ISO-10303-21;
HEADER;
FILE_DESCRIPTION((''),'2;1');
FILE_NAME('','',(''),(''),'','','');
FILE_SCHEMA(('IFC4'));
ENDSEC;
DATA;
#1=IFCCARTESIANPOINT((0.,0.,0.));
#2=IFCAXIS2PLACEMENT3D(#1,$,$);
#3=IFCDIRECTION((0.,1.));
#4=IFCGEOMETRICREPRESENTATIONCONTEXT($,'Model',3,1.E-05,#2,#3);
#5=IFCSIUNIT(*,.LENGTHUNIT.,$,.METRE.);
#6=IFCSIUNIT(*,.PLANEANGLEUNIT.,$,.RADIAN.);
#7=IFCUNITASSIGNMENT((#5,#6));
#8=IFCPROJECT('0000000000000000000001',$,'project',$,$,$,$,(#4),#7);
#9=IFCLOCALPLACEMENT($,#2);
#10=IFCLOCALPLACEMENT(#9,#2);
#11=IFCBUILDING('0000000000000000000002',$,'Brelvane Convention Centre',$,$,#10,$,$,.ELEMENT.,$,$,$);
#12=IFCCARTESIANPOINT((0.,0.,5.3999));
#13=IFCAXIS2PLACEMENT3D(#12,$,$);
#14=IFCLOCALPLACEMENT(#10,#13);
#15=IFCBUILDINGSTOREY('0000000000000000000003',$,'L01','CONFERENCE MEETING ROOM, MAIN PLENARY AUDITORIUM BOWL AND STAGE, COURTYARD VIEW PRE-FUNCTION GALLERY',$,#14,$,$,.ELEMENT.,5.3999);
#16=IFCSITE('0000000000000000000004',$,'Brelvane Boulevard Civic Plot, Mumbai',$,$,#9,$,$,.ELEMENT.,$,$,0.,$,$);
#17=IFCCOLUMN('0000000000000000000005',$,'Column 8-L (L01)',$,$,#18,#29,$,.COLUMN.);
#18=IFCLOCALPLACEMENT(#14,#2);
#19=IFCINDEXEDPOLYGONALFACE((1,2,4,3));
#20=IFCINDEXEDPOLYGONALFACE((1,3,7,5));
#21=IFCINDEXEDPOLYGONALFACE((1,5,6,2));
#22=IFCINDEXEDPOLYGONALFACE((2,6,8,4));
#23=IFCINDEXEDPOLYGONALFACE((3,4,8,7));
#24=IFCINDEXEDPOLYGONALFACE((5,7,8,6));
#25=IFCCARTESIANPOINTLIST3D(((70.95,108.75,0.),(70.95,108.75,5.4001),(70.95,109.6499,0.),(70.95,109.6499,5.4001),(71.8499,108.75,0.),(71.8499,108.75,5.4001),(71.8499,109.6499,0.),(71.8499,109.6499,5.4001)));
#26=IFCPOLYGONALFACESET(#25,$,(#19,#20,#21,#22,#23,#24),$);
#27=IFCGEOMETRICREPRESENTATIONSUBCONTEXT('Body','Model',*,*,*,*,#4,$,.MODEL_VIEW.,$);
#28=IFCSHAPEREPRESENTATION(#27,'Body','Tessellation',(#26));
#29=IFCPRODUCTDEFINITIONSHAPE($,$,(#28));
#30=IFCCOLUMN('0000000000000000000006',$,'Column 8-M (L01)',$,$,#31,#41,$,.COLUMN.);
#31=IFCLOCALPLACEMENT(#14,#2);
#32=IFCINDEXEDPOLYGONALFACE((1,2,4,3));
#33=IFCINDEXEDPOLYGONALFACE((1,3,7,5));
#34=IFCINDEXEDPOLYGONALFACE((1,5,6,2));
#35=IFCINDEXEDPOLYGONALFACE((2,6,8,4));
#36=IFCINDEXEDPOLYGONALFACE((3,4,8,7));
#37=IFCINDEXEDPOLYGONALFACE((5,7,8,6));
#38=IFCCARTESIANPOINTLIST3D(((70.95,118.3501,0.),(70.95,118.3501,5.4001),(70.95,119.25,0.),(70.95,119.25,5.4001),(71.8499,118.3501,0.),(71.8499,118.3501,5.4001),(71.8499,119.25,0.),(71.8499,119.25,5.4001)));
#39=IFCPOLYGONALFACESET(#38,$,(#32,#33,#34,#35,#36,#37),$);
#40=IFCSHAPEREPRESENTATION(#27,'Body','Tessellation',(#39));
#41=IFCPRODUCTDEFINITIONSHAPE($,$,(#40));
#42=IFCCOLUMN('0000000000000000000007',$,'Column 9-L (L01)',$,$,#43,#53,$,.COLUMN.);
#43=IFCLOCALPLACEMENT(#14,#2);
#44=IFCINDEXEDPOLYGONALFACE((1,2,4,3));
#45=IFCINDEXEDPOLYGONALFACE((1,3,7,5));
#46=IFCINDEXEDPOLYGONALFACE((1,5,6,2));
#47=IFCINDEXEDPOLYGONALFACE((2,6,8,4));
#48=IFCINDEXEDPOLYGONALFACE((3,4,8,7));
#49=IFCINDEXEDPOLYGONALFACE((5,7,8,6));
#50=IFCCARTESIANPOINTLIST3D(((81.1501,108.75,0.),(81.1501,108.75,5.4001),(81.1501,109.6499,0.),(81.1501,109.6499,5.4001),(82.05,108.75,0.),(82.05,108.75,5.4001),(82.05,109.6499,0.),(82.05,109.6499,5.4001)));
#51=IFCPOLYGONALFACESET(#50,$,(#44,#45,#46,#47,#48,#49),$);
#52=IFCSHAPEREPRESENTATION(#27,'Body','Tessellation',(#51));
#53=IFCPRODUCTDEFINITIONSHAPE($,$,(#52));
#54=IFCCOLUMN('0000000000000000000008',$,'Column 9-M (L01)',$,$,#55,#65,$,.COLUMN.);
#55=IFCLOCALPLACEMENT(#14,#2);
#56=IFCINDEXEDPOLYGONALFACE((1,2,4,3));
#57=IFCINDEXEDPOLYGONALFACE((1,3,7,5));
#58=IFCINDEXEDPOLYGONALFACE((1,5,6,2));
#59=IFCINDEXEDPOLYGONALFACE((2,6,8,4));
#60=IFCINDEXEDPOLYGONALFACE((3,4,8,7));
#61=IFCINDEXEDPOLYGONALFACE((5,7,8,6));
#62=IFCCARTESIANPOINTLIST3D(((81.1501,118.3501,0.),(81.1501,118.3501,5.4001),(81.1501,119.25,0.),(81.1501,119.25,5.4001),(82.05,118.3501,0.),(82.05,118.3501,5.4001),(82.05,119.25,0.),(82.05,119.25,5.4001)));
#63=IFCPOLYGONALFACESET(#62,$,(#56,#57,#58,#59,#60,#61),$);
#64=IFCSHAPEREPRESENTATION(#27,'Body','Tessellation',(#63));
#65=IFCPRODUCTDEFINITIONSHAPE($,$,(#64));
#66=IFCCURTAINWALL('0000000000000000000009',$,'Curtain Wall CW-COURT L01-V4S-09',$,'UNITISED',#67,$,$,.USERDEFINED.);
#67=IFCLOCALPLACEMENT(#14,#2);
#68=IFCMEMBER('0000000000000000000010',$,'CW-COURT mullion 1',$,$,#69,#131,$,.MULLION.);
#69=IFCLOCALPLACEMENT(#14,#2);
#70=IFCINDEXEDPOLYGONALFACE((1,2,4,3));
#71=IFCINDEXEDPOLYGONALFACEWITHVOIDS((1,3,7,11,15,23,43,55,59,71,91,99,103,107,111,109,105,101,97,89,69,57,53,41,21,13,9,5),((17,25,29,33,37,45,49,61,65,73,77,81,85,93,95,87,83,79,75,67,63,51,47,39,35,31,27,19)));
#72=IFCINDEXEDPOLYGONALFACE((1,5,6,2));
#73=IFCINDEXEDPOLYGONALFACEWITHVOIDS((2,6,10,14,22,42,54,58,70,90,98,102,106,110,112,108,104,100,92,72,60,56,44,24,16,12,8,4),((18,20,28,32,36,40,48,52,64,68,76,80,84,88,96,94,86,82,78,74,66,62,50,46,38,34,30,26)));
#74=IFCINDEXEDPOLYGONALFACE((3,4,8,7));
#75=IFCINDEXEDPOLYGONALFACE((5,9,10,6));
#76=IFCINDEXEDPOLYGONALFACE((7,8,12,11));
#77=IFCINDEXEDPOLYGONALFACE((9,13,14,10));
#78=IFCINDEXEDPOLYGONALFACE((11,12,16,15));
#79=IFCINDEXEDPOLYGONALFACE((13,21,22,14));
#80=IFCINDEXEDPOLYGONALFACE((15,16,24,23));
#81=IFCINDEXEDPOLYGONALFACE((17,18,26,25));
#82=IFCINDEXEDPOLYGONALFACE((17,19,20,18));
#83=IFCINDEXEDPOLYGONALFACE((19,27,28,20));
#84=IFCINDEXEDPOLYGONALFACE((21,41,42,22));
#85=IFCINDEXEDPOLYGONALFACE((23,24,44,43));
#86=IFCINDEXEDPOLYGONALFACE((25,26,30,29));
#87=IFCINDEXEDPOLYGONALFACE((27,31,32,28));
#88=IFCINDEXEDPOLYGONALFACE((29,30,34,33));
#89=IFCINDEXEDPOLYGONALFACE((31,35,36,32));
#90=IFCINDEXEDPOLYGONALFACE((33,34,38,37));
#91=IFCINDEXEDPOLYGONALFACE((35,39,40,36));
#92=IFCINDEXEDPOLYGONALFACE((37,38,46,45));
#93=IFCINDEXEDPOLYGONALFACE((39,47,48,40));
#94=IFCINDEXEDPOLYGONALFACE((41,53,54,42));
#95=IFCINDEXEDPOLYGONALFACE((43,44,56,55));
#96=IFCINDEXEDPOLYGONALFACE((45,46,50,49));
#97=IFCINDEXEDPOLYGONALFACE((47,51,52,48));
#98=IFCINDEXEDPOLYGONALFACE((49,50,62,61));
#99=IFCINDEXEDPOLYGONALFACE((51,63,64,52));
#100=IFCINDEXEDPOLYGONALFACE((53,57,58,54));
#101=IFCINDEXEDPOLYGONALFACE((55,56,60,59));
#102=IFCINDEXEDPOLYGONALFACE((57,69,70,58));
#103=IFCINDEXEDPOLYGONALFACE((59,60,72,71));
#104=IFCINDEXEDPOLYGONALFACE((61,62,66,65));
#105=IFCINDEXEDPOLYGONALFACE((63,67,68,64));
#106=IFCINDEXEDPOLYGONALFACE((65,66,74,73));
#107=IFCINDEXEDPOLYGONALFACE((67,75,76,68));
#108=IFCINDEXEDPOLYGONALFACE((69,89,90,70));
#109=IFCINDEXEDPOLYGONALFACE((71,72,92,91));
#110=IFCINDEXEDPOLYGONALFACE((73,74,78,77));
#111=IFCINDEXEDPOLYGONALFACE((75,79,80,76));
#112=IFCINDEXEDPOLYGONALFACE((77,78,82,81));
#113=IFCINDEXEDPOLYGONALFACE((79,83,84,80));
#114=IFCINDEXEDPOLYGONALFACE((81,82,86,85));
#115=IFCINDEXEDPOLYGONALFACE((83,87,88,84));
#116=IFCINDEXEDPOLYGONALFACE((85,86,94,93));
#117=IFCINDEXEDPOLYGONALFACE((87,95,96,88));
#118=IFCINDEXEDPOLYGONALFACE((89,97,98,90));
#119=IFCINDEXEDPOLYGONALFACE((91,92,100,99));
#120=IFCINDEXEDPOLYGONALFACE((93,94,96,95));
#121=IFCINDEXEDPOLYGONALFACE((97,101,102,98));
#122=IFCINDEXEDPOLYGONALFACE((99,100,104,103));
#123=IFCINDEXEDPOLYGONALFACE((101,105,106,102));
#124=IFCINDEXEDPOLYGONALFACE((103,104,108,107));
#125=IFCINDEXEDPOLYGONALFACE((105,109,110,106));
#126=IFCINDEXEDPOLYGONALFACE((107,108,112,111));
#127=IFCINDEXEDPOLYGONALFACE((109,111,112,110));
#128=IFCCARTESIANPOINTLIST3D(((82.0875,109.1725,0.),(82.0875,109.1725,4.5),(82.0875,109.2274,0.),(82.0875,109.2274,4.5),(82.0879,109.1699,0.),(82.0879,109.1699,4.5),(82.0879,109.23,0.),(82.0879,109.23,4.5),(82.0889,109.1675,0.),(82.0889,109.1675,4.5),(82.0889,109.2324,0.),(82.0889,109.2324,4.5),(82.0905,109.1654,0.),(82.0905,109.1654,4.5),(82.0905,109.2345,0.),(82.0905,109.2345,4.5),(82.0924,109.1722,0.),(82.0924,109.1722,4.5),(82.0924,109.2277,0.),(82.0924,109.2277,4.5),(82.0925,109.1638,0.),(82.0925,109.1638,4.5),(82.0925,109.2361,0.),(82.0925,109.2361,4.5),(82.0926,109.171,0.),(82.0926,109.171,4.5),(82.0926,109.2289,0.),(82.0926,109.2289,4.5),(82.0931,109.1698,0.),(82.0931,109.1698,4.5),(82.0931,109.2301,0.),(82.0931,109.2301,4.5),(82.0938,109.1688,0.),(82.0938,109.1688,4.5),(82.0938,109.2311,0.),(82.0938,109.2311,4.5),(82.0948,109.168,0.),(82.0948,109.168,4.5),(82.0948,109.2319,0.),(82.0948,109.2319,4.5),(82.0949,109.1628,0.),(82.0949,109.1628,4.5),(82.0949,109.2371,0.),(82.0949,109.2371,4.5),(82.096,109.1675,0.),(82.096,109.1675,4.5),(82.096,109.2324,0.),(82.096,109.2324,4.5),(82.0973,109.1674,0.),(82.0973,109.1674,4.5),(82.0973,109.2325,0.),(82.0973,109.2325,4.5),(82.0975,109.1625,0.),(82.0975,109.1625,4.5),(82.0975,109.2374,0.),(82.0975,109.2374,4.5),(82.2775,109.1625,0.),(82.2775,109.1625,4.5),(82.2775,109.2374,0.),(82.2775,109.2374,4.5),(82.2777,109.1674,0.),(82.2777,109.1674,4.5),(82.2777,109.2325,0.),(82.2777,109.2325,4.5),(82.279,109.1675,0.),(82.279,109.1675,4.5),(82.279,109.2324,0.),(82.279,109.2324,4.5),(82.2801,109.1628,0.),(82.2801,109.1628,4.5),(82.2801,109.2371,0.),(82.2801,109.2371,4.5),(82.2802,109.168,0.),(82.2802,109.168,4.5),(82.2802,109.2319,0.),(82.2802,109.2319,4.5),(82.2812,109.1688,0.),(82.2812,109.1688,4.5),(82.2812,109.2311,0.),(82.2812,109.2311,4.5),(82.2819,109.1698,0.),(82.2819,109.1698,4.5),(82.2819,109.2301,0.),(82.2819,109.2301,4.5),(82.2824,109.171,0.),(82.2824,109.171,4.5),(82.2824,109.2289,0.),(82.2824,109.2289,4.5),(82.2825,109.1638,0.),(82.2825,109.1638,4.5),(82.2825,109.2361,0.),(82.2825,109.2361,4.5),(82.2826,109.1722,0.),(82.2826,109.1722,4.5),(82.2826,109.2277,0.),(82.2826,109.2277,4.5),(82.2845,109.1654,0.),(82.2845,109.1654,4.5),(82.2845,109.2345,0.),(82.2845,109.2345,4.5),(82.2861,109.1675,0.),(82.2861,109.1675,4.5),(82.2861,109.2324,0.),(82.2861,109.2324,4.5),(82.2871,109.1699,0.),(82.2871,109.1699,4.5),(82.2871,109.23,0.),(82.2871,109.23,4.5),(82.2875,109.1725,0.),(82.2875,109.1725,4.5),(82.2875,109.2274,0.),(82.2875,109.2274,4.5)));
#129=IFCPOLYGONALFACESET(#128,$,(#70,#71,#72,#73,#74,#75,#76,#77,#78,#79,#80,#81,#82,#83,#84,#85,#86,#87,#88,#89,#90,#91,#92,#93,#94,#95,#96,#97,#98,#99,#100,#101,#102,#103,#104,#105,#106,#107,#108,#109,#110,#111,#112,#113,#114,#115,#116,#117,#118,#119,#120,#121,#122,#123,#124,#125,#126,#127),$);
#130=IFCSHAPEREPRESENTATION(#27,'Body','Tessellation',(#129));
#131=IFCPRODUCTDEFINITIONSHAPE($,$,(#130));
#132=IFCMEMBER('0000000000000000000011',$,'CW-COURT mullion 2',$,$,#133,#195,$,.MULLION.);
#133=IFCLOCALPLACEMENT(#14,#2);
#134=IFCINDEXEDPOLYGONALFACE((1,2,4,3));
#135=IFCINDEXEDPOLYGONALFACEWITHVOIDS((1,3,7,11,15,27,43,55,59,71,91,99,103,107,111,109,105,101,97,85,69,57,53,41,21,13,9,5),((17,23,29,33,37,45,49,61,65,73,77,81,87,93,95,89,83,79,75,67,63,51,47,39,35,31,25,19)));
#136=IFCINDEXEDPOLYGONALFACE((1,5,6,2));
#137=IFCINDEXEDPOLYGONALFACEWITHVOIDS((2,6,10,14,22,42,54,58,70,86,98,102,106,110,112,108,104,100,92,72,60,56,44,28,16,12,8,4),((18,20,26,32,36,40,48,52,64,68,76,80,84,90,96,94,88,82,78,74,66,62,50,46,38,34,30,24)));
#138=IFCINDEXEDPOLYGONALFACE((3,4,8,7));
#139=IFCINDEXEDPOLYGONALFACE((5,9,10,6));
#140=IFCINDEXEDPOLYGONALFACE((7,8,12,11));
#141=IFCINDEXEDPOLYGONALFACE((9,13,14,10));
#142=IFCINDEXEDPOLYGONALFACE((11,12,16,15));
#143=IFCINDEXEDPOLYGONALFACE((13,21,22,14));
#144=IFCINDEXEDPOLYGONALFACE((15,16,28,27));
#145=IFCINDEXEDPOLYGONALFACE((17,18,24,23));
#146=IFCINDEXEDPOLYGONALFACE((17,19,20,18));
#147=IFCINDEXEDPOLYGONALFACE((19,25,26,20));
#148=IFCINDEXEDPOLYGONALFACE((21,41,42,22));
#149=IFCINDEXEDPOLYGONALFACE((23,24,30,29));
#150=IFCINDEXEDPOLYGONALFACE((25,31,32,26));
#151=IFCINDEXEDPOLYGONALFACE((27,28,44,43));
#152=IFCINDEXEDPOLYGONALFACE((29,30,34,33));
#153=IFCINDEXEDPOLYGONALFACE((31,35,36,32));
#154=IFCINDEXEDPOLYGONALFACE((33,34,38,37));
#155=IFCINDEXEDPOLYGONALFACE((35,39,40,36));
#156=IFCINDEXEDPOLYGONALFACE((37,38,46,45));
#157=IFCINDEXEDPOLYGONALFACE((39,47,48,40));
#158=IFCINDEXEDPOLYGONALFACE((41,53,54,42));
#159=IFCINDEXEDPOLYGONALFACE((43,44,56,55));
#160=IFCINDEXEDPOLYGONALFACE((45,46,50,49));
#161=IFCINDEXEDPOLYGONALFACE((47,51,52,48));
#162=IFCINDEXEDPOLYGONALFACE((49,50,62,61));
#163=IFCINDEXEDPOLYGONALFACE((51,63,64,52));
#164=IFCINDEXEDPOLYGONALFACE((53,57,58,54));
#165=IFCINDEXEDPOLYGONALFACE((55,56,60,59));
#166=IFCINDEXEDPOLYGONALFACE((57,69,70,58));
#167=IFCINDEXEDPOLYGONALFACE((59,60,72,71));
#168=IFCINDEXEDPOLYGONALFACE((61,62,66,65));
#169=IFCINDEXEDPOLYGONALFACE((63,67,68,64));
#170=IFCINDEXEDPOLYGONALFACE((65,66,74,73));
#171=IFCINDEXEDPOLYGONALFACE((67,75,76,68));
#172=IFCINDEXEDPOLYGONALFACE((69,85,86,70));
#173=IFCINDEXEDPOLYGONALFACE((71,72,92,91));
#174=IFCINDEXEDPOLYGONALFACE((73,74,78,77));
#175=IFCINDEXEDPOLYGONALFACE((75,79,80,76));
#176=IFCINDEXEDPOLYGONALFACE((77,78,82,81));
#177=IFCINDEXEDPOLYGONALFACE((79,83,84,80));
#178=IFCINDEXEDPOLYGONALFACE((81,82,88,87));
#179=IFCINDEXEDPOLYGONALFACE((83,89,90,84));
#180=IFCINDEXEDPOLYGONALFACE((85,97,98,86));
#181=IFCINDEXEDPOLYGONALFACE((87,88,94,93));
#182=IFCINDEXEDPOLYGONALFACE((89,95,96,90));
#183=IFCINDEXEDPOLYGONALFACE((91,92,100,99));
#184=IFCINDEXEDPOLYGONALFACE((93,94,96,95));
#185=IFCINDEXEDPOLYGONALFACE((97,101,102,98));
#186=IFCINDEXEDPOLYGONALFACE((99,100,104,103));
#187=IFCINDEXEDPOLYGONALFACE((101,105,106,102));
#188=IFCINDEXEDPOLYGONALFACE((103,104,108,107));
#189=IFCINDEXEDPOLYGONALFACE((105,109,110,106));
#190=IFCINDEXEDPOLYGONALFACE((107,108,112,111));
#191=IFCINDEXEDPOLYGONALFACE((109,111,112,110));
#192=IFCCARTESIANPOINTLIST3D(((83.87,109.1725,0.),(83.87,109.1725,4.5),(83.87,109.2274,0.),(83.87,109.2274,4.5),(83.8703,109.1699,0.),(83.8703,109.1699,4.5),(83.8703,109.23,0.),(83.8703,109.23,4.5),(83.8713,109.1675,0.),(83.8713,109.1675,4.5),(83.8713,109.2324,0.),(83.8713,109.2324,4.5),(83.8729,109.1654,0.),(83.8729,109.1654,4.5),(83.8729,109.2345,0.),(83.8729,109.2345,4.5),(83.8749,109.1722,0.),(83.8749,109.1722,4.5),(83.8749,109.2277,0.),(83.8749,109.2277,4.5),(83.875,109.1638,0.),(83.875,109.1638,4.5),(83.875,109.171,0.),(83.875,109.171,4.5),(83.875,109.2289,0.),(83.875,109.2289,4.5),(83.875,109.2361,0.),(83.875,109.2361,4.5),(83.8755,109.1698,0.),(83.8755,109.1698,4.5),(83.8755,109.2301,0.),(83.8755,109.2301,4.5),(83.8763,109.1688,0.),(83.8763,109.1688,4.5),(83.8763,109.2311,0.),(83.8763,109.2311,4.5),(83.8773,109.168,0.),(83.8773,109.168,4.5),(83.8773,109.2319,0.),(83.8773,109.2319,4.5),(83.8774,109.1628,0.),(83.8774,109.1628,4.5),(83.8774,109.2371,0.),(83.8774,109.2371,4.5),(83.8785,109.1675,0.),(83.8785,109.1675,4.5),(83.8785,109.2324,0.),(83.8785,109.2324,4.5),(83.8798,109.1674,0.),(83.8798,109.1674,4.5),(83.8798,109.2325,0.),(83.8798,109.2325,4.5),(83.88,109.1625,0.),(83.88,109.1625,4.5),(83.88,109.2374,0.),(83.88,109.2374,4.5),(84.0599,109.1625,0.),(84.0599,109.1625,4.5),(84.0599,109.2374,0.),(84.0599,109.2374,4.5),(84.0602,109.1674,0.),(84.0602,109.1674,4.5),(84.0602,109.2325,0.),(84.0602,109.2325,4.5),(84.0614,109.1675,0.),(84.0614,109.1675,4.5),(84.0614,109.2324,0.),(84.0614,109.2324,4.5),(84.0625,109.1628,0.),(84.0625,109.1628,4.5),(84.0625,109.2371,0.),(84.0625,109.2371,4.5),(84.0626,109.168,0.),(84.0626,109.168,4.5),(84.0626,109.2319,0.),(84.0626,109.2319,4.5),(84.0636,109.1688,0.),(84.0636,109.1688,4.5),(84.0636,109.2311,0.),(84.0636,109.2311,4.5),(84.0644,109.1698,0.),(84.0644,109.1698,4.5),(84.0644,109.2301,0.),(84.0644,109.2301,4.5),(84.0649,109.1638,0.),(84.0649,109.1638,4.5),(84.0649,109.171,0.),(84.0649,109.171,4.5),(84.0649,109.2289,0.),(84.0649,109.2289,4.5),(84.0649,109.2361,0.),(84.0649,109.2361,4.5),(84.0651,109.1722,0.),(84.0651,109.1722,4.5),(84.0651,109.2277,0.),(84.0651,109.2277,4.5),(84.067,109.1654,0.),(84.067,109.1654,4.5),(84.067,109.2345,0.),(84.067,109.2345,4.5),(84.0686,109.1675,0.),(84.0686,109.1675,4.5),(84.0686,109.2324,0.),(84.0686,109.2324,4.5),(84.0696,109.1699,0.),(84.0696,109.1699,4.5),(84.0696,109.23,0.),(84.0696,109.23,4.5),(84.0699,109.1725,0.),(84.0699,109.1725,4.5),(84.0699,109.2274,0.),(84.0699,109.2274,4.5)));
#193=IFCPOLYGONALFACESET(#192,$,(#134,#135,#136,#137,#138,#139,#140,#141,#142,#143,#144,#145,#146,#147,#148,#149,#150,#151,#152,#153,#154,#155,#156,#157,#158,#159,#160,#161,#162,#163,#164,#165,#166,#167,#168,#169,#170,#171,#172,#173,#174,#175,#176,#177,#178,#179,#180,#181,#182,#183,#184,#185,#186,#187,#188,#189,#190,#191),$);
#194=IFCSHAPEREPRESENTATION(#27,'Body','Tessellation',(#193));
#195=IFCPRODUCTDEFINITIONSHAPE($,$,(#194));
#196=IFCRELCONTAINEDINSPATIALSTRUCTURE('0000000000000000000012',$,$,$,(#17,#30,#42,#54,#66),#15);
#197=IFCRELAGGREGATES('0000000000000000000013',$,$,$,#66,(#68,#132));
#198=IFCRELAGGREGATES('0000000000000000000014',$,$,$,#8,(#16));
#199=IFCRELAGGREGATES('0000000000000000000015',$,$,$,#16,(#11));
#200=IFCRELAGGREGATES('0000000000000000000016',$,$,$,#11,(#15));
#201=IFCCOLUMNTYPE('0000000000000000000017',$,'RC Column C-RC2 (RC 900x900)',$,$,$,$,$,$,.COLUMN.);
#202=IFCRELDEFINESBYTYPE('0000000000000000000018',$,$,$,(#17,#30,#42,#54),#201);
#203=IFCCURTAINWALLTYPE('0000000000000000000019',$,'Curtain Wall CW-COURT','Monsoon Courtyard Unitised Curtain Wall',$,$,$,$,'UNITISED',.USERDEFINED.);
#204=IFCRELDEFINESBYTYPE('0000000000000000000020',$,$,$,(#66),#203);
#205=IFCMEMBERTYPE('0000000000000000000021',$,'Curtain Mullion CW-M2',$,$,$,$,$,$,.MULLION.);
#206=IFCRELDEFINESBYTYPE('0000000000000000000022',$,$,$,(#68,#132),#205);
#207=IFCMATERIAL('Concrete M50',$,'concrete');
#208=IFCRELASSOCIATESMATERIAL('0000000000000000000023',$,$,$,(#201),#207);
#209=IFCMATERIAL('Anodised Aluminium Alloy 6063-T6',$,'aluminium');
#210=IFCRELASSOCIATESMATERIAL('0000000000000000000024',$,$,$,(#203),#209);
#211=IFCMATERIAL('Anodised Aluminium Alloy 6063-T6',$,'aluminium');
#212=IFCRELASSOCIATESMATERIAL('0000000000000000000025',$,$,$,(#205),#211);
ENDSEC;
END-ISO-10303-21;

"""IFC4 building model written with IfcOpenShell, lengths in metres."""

from ifc_helpers import new_model, si_unit, direction, frame, origin, origin_2d, place, context, subcontext, project, spatial, rectangle, hollow_rectangle, extrude, material, material_profile, profile_set, type_object, element, aggregate, save


model = new_model("IFC4")

# Units and contexts
model_context = context("Model", 3, precision=1e-05, world=origin(), true_north=direction((0.0, 1.0)))
body_context = subcontext(model_context, "Body", "Model", "MODEL_VIEW")
ifc_project = project(units=[si_unit("LENGTHUNIT", "METRE"), si_unit("PLANEANGLEUNIT", "RADIAN")], contexts=[model_context])

# Site, building, storey
site_placement = place(None, origin())
site = spatial("IfcSite", under=ifc_project, at=site_placement, Name="Brelvane Boulevard Civic Plot, Mumbai", CompositionType="ELEMENT", RefElevation=0.0)
building_placement = place(site_placement, origin())
building = spatial("IfcBuilding", under=site, at=building_placement, Name="Brelvane Convention Centre", CompositionType="ELEMENT")
storey_placement = place(building_placement, frame((0.0, 0.0, 5.3999)))
storey = spatial("IfcBuildingStorey", under=building, at=storey_placement, Name="L01", Description="CONFERENCE MEETING ROOM, MAIN PLENARY AUDITORIUM BOWL AND STAGE, COURTYARD VIEW PRE-FUNCTION GALLERY", CompositionType="ELEMENT", Elevation=5.3999)

# Columns
ifc_material_1 = material(Name="Concrete M50", Category="concrete")
ifc_material_profile_1 = material_profile(ifc_material_1, rectangle(XDim=0.8999, YDim=0.8999, at=origin_2d()), Name="RC 900x900")
ifc_profile_set_1 = profile_set([ifc_material_profile_1], Name="Concrete M50")
column_type = type_object("IfcColumnType", Name="RC Column C-RC2 (RC 900x900)", PredefinedType="COLUMN", material=ifc_profile_set_1)
for number, where, z_axis, x_axis, name in (
    (1, (71.3999, 109.2, 0.0), (0.0, 0.0, 1.0), (1.0, 0.0, 0.0), "Column 8-L (L01)"),
    (2, (71.3999, 118.8, 0.0), (0.0, 0.0, 1.0), (1.0, 0.0, 0.0), "Column 8-M (L01)"),
    (3, (81.6001, 109.2, 0.0), (0.0, 0.0, 1.0), (1.0, 0.0, 0.0), "Column 9-L (L01)"),
    (4, (81.6001, 118.8, 0.0), (0.0, 0.0, 1.0), (1.0, 0.0, 0.0), "Column 9-M (L01)"),
):
    element("IfcColumn", number, at=place(storey_placement, frame(where, z_axis=z_axis, x_axis=x_axis)), inside=storey, type_object=column_type, Name=name, PredefinedType="COLUMN", context=body_context, shape_type="SweptSolid", body=[
        extrude(rectangle(XDim=0.8999, YDim=0.8999, at=origin_2d()), origin(), (0.0, 0.0, 1.0), 5.4001),
    ])

# Curtain wall, members
ifc_material_2 = material(Name="Anodised Aluminium Alloy 6063-T6", Category="aluminium")
curtain_wall_type = type_object("IfcCurtainWallType", Name="Curtain Wall CW-COURT", Description="Monsoon Courtyard Unitised Curtain Wall", ElementType="UNITISED", PredefinedType="USERDEFINED", material=ifc_material_2)
curtain_wall_placement = place(storey_placement, origin())
curtain_wall = element("IfcCurtainWall", 5, at=curtain_wall_placement, inside=storey, type_object=curtain_wall_type, Name="Curtain Wall CW-COURT L01-V4S-09", ObjectType="UNITISED", PredefinedType="USERDEFINED")
ifc_material_3 = material(Name="Anodised Aluminium Alloy 6063-T6", Category="aluminium")
ifc_material_profile_2 = material_profile(ifc_material_3, hollow_rectangle(XDim=0.075, YDim=0.2, WallThickness=0.0049, InnerFilletRadius=0.0049, OuterFilletRadius=0.01, at=origin_2d()), Name="ALU-M 200x75x5.0")
ifc_profile_set_2 = profile_set([ifc_material_profile_2], Name="Anodised Aluminium Alloy 6063-T6")
member_type_1 = type_object("IfcMemberType", Name="Curtain Mullion CW-M2", PredefinedType="MULLION", material=ifc_profile_set_2)
member_1_placement = place(storey_placement, frame((82.1875, 109.2, 0.0), z_axis=(0.0, 0.0, 1.0), x_axis=(0.0, 1.0, 0.0)))
member_1 = element("IfcMember", 6, at=member_1_placement, type_object=member_type_1, Name="CW-COURT mullion 1", PredefinedType="MULLION", context=body_context, shape_type="SweptSolid", body=[
    extrude(hollow_rectangle(XDim=0.075, YDim=0.2, WallThickness=0.0049, InnerFilletRadius=0.0049, OuterFilletRadius=0.01, at=origin_2d()), origin(), (0.0, 0.0, 1.0), 4.5),
])
member_2_placement = place(storey_placement, frame((83.97, 109.2, 0.0), z_axis=(0.0, 0.0, 1.0), x_axis=(0.0, 1.0, 0.0)))
member_2 = element("IfcMember", 7, at=member_2_placement, type_object=member_type_1, Name="CW-COURT mullion 2", PredefinedType="MULLION", context=body_context, shape_type="SweptSolid", body=[
    extrude(hollow_rectangle(XDim=0.075, YDim=0.2, WallThickness=0.0049, InnerFilletRadius=0.0049, OuterFilletRadius=0.01, at=origin_2d()), origin(), (0.0, 0.0, 1.0), 4.5),
])

aggregate(curtain_wall, [member_1, member_2])

save(model, "model.ifc")
